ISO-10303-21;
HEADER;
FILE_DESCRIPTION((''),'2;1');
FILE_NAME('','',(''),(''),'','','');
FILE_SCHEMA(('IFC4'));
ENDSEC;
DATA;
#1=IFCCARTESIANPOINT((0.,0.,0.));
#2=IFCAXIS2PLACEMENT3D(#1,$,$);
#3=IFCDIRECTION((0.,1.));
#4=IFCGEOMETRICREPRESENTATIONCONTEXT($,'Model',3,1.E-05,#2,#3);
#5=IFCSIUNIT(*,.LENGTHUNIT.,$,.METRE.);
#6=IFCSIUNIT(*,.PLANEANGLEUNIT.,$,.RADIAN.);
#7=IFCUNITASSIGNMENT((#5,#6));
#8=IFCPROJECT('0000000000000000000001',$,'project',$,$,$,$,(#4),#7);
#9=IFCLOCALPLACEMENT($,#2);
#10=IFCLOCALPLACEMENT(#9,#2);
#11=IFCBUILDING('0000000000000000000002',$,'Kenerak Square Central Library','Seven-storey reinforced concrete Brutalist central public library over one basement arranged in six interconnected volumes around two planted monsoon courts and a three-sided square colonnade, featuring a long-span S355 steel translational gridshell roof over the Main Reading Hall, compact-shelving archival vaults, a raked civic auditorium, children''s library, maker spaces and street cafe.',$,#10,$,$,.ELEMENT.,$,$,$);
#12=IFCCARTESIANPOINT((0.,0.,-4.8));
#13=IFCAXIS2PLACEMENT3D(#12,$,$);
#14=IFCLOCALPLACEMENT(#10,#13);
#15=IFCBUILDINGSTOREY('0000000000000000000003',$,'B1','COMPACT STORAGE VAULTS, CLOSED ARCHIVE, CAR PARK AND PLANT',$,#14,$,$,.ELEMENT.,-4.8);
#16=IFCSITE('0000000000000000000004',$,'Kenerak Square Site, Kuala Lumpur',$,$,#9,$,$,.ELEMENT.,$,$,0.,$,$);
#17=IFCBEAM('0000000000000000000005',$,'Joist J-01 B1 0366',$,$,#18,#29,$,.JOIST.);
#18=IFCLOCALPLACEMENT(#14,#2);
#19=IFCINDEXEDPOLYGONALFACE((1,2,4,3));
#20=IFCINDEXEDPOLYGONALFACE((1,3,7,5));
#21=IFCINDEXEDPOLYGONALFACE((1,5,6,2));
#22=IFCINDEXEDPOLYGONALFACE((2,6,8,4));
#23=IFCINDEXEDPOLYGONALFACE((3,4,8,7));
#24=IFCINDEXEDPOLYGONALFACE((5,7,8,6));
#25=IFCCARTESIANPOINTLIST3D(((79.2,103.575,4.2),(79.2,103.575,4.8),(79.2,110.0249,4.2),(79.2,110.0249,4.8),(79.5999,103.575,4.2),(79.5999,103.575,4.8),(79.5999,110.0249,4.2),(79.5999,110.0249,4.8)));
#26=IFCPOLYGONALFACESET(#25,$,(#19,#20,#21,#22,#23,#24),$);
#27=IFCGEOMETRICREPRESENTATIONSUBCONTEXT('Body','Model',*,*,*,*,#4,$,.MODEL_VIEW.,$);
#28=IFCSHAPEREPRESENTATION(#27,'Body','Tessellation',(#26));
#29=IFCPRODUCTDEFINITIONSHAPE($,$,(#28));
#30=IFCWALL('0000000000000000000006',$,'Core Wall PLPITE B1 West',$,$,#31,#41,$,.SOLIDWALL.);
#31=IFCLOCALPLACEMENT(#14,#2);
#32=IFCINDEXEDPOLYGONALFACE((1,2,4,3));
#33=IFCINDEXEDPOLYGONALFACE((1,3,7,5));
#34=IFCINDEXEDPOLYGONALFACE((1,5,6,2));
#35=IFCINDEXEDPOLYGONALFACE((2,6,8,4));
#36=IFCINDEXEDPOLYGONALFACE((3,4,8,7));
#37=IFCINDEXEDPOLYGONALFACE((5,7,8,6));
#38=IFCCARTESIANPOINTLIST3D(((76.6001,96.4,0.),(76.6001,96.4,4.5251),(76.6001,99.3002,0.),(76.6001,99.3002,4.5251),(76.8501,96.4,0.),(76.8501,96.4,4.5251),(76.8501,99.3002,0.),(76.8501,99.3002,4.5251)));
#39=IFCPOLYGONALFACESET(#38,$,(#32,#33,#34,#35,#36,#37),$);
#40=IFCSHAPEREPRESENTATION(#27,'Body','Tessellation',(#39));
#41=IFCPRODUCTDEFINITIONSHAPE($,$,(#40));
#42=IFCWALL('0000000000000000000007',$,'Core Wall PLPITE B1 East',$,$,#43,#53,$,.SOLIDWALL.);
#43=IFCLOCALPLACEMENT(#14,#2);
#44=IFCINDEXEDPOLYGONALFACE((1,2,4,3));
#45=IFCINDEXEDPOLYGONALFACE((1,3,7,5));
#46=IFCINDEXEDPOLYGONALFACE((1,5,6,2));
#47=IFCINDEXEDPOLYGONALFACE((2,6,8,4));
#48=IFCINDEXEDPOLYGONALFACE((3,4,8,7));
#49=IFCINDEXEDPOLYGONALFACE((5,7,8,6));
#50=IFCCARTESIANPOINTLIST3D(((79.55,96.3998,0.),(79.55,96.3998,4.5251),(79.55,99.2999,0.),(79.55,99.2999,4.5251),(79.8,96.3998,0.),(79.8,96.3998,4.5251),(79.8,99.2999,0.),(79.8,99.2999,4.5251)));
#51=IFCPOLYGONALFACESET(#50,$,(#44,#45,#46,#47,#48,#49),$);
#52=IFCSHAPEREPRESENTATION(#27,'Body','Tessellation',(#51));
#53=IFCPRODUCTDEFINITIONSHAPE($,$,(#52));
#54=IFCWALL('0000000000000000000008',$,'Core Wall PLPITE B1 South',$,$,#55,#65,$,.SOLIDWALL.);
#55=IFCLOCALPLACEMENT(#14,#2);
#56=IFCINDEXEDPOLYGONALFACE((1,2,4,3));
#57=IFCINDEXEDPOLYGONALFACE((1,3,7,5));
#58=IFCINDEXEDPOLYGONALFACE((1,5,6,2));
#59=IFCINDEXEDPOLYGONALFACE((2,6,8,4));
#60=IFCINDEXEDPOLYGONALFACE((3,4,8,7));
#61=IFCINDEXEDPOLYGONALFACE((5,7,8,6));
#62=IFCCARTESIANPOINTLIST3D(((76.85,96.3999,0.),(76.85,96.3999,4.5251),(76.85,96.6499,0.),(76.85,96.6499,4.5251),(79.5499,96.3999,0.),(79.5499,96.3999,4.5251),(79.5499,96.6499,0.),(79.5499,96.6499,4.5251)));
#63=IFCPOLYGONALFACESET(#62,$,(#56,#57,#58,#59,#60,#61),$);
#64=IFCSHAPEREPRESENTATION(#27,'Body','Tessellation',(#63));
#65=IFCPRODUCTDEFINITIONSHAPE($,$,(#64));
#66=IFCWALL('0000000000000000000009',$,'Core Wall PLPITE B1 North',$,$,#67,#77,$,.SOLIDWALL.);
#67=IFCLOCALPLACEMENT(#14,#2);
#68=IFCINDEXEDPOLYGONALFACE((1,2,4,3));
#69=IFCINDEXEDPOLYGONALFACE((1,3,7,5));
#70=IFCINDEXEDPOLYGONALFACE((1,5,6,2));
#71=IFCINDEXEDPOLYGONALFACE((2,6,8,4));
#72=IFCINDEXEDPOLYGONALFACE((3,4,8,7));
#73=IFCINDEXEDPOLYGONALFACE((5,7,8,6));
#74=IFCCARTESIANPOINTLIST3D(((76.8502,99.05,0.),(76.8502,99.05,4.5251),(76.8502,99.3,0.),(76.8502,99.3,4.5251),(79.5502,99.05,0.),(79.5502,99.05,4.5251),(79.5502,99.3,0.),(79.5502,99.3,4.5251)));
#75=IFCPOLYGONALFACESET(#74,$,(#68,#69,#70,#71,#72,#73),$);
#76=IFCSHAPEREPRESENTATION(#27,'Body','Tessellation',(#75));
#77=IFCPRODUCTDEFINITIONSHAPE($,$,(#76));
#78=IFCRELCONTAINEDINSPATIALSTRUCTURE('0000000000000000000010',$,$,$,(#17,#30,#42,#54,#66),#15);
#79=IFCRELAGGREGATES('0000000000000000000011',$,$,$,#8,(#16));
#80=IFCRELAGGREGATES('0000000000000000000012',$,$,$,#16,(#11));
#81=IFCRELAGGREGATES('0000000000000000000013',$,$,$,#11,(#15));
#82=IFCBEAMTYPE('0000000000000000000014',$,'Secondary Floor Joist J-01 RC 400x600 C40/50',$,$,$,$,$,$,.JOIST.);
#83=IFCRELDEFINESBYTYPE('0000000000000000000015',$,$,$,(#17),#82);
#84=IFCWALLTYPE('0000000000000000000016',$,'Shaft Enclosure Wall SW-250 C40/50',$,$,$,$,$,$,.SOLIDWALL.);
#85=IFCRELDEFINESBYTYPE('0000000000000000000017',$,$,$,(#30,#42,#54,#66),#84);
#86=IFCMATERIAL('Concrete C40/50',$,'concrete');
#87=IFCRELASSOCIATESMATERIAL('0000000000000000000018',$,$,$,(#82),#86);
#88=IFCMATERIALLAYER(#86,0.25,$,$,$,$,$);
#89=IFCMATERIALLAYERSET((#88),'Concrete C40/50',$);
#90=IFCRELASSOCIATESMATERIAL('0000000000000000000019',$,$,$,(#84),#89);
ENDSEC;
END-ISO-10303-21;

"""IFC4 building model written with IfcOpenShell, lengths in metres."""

from ifc_helpers import new_model, si_unit, direction, frame, frame_2d, origin, origin_2d, place, context, subcontext, project, spatial, rectangle, extrude, material, layer, layer_set, material_profile, profile_set, type_object, element, save


model = new_model("IFC4")

# Units and contexts
model_context = context("Model", 3, precision=1e-05, world=origin(), true_north=direction((0.0, 1.0)))
body_context = subcontext(model_context, "Body", "Model", "MODEL_VIEW")
ifc_project = project(units=[si_unit("LENGTHUNIT", "METRE"), si_unit("PLANEANGLEUNIT", "RADIAN")], contexts=[model_context])

# Site, building, storey
site_placement = place(None, origin())
site = spatial("IfcSite", under=ifc_project, at=site_placement, Name="Kenerak Square Site, Kuala Lumpur", CompositionType="ELEMENT", RefElevation=0.0)
building_placement = place(site_placement, origin())
building = spatial("IfcBuilding", under=site, at=building_placement, Name="Kenerak Square Central Library", Description="Seven-storey reinforced concrete Brutalist central public library over one basement arranged in six interconnected volumes around two planted monsoon courts and a three-sided square colonnade, featuring a long-span S355 steel translational gridshell roof over the Main Reading Hall, compact-shelving archival vaults, a raked civic auditorium, children's library, maker spaces and street cafe.", CompositionType="ELEMENT")
storey_placement = place(building_placement, frame((0.0, 0.0, -4.8)))
storey = spatial("IfcBuildingStorey", under=building, at=storey_placement, Name="B1", Description="COMPACT STORAGE VAULTS, CLOSED ARCHIVE, CAR PARK AND PLANT", CompositionType="ELEMENT", Elevation=-4.8)

# Shared definitions
ifc_material_1 = material(Name="Concrete C40/50", Category="concrete")

# Beam
ifc_material_profile_1 = material_profile(ifc_material_1, rectangle(XDim=0.3999, YDim=0.6001, at=origin_2d()), Name="RC 400x600")
ifc_profile_set_1 = profile_set([ifc_material_profile_1], Name="Concrete C40/50")
beam_type_1 = type_object("IfcBeamType", Name="Secondary Floor Joist J-01 RC 400x600 C40/50", PredefinedType="JOIST", material=ifc_profile_set_1)
beam_1_placement = place(storey_placement, frame((79.3999, 103.575, 4.5), z_axis=(0.0, 1.0, 0.0), x_axis=(-1.0, 0.0, 0.0)))
element("IfcBeam", 1, at=beam_1_placement, inside=storey, type_object=beam_type_1, Name="Joist J-01 B1 0366", PredefinedType="JOIST", context=body_context, shape_type="SweptSolid", body=[
    extrude(rectangle(XDim=0.3999, YDim=0.6001, at=origin_2d()), origin(), (0.0, 0.0, 1.0), 6.45),
])

# Walls
ifc_layer = layer(ifc_material_1, 0.25)
ifc_layer_set = layer_set([ifc_layer], Name="Concrete C40/50")
wall_type = type_object("IfcWallType", Name="Shaft Enclosure Wall SW-250 C40/50", PredefinedType="SOLIDWALL", material=ifc_layer_set)
for number, where, z_axis, x_axis, name in (
    (2, (76.7251, 96.3999, 0.0), (0.0, 0.0, 1.0), (0.0, 1.0, 0.0), "Core Wall PLPITE B1 West"),
    (3, (79.675, 99.3, 0.0), (0.0, 0.0, 1.0), (0.0, -1.0, 0.0), "Core Wall PLPITE B1 East"),
):
    element("IfcWall", number, at=place(storey_placement, frame(where, z_axis=z_axis, x_axis=x_axis)), inside=storey, type_object=wall_type, Name=name, PredefinedType="SOLIDWALL", context=body_context, shape_type="SweptSolid", body=[
        extrude(rectangle(XDim=2.9001, YDim=0.25, at=frame_2d((1.4502, 0.0))), origin(), (0.0, 0.0, 1.0), 4.5251),
    ])
for number, where, z_axis, x_axis, name in (
    (4, (79.55, 96.5249, 0.0), (0.0, 0.0, 1.0), (-1.0, 0.0, 0.0), "Core Wall PLPITE B1 South"),
    (5, (76.8501, 99.175, 0.0), (0.0, 0.0, 1.0), (1.0, 0.0, 0.0), "Core Wall PLPITE B1 North"),
):
    element("IfcWall", number, at=place(storey_placement, frame(where, z_axis=z_axis, x_axis=x_axis)), inside=storey, type_object=wall_type, Name=name, PredefinedType="SOLIDWALL", context=body_context, shape_type="SweptSolid", body=[
        extrude(rectangle(XDim=2.7, YDim=0.25, at=frame_2d((1.3501, 0.0))), origin(), (0.0, 0.0, 1.0), 4.5251),
    ])

save(model, "model.ifc")
